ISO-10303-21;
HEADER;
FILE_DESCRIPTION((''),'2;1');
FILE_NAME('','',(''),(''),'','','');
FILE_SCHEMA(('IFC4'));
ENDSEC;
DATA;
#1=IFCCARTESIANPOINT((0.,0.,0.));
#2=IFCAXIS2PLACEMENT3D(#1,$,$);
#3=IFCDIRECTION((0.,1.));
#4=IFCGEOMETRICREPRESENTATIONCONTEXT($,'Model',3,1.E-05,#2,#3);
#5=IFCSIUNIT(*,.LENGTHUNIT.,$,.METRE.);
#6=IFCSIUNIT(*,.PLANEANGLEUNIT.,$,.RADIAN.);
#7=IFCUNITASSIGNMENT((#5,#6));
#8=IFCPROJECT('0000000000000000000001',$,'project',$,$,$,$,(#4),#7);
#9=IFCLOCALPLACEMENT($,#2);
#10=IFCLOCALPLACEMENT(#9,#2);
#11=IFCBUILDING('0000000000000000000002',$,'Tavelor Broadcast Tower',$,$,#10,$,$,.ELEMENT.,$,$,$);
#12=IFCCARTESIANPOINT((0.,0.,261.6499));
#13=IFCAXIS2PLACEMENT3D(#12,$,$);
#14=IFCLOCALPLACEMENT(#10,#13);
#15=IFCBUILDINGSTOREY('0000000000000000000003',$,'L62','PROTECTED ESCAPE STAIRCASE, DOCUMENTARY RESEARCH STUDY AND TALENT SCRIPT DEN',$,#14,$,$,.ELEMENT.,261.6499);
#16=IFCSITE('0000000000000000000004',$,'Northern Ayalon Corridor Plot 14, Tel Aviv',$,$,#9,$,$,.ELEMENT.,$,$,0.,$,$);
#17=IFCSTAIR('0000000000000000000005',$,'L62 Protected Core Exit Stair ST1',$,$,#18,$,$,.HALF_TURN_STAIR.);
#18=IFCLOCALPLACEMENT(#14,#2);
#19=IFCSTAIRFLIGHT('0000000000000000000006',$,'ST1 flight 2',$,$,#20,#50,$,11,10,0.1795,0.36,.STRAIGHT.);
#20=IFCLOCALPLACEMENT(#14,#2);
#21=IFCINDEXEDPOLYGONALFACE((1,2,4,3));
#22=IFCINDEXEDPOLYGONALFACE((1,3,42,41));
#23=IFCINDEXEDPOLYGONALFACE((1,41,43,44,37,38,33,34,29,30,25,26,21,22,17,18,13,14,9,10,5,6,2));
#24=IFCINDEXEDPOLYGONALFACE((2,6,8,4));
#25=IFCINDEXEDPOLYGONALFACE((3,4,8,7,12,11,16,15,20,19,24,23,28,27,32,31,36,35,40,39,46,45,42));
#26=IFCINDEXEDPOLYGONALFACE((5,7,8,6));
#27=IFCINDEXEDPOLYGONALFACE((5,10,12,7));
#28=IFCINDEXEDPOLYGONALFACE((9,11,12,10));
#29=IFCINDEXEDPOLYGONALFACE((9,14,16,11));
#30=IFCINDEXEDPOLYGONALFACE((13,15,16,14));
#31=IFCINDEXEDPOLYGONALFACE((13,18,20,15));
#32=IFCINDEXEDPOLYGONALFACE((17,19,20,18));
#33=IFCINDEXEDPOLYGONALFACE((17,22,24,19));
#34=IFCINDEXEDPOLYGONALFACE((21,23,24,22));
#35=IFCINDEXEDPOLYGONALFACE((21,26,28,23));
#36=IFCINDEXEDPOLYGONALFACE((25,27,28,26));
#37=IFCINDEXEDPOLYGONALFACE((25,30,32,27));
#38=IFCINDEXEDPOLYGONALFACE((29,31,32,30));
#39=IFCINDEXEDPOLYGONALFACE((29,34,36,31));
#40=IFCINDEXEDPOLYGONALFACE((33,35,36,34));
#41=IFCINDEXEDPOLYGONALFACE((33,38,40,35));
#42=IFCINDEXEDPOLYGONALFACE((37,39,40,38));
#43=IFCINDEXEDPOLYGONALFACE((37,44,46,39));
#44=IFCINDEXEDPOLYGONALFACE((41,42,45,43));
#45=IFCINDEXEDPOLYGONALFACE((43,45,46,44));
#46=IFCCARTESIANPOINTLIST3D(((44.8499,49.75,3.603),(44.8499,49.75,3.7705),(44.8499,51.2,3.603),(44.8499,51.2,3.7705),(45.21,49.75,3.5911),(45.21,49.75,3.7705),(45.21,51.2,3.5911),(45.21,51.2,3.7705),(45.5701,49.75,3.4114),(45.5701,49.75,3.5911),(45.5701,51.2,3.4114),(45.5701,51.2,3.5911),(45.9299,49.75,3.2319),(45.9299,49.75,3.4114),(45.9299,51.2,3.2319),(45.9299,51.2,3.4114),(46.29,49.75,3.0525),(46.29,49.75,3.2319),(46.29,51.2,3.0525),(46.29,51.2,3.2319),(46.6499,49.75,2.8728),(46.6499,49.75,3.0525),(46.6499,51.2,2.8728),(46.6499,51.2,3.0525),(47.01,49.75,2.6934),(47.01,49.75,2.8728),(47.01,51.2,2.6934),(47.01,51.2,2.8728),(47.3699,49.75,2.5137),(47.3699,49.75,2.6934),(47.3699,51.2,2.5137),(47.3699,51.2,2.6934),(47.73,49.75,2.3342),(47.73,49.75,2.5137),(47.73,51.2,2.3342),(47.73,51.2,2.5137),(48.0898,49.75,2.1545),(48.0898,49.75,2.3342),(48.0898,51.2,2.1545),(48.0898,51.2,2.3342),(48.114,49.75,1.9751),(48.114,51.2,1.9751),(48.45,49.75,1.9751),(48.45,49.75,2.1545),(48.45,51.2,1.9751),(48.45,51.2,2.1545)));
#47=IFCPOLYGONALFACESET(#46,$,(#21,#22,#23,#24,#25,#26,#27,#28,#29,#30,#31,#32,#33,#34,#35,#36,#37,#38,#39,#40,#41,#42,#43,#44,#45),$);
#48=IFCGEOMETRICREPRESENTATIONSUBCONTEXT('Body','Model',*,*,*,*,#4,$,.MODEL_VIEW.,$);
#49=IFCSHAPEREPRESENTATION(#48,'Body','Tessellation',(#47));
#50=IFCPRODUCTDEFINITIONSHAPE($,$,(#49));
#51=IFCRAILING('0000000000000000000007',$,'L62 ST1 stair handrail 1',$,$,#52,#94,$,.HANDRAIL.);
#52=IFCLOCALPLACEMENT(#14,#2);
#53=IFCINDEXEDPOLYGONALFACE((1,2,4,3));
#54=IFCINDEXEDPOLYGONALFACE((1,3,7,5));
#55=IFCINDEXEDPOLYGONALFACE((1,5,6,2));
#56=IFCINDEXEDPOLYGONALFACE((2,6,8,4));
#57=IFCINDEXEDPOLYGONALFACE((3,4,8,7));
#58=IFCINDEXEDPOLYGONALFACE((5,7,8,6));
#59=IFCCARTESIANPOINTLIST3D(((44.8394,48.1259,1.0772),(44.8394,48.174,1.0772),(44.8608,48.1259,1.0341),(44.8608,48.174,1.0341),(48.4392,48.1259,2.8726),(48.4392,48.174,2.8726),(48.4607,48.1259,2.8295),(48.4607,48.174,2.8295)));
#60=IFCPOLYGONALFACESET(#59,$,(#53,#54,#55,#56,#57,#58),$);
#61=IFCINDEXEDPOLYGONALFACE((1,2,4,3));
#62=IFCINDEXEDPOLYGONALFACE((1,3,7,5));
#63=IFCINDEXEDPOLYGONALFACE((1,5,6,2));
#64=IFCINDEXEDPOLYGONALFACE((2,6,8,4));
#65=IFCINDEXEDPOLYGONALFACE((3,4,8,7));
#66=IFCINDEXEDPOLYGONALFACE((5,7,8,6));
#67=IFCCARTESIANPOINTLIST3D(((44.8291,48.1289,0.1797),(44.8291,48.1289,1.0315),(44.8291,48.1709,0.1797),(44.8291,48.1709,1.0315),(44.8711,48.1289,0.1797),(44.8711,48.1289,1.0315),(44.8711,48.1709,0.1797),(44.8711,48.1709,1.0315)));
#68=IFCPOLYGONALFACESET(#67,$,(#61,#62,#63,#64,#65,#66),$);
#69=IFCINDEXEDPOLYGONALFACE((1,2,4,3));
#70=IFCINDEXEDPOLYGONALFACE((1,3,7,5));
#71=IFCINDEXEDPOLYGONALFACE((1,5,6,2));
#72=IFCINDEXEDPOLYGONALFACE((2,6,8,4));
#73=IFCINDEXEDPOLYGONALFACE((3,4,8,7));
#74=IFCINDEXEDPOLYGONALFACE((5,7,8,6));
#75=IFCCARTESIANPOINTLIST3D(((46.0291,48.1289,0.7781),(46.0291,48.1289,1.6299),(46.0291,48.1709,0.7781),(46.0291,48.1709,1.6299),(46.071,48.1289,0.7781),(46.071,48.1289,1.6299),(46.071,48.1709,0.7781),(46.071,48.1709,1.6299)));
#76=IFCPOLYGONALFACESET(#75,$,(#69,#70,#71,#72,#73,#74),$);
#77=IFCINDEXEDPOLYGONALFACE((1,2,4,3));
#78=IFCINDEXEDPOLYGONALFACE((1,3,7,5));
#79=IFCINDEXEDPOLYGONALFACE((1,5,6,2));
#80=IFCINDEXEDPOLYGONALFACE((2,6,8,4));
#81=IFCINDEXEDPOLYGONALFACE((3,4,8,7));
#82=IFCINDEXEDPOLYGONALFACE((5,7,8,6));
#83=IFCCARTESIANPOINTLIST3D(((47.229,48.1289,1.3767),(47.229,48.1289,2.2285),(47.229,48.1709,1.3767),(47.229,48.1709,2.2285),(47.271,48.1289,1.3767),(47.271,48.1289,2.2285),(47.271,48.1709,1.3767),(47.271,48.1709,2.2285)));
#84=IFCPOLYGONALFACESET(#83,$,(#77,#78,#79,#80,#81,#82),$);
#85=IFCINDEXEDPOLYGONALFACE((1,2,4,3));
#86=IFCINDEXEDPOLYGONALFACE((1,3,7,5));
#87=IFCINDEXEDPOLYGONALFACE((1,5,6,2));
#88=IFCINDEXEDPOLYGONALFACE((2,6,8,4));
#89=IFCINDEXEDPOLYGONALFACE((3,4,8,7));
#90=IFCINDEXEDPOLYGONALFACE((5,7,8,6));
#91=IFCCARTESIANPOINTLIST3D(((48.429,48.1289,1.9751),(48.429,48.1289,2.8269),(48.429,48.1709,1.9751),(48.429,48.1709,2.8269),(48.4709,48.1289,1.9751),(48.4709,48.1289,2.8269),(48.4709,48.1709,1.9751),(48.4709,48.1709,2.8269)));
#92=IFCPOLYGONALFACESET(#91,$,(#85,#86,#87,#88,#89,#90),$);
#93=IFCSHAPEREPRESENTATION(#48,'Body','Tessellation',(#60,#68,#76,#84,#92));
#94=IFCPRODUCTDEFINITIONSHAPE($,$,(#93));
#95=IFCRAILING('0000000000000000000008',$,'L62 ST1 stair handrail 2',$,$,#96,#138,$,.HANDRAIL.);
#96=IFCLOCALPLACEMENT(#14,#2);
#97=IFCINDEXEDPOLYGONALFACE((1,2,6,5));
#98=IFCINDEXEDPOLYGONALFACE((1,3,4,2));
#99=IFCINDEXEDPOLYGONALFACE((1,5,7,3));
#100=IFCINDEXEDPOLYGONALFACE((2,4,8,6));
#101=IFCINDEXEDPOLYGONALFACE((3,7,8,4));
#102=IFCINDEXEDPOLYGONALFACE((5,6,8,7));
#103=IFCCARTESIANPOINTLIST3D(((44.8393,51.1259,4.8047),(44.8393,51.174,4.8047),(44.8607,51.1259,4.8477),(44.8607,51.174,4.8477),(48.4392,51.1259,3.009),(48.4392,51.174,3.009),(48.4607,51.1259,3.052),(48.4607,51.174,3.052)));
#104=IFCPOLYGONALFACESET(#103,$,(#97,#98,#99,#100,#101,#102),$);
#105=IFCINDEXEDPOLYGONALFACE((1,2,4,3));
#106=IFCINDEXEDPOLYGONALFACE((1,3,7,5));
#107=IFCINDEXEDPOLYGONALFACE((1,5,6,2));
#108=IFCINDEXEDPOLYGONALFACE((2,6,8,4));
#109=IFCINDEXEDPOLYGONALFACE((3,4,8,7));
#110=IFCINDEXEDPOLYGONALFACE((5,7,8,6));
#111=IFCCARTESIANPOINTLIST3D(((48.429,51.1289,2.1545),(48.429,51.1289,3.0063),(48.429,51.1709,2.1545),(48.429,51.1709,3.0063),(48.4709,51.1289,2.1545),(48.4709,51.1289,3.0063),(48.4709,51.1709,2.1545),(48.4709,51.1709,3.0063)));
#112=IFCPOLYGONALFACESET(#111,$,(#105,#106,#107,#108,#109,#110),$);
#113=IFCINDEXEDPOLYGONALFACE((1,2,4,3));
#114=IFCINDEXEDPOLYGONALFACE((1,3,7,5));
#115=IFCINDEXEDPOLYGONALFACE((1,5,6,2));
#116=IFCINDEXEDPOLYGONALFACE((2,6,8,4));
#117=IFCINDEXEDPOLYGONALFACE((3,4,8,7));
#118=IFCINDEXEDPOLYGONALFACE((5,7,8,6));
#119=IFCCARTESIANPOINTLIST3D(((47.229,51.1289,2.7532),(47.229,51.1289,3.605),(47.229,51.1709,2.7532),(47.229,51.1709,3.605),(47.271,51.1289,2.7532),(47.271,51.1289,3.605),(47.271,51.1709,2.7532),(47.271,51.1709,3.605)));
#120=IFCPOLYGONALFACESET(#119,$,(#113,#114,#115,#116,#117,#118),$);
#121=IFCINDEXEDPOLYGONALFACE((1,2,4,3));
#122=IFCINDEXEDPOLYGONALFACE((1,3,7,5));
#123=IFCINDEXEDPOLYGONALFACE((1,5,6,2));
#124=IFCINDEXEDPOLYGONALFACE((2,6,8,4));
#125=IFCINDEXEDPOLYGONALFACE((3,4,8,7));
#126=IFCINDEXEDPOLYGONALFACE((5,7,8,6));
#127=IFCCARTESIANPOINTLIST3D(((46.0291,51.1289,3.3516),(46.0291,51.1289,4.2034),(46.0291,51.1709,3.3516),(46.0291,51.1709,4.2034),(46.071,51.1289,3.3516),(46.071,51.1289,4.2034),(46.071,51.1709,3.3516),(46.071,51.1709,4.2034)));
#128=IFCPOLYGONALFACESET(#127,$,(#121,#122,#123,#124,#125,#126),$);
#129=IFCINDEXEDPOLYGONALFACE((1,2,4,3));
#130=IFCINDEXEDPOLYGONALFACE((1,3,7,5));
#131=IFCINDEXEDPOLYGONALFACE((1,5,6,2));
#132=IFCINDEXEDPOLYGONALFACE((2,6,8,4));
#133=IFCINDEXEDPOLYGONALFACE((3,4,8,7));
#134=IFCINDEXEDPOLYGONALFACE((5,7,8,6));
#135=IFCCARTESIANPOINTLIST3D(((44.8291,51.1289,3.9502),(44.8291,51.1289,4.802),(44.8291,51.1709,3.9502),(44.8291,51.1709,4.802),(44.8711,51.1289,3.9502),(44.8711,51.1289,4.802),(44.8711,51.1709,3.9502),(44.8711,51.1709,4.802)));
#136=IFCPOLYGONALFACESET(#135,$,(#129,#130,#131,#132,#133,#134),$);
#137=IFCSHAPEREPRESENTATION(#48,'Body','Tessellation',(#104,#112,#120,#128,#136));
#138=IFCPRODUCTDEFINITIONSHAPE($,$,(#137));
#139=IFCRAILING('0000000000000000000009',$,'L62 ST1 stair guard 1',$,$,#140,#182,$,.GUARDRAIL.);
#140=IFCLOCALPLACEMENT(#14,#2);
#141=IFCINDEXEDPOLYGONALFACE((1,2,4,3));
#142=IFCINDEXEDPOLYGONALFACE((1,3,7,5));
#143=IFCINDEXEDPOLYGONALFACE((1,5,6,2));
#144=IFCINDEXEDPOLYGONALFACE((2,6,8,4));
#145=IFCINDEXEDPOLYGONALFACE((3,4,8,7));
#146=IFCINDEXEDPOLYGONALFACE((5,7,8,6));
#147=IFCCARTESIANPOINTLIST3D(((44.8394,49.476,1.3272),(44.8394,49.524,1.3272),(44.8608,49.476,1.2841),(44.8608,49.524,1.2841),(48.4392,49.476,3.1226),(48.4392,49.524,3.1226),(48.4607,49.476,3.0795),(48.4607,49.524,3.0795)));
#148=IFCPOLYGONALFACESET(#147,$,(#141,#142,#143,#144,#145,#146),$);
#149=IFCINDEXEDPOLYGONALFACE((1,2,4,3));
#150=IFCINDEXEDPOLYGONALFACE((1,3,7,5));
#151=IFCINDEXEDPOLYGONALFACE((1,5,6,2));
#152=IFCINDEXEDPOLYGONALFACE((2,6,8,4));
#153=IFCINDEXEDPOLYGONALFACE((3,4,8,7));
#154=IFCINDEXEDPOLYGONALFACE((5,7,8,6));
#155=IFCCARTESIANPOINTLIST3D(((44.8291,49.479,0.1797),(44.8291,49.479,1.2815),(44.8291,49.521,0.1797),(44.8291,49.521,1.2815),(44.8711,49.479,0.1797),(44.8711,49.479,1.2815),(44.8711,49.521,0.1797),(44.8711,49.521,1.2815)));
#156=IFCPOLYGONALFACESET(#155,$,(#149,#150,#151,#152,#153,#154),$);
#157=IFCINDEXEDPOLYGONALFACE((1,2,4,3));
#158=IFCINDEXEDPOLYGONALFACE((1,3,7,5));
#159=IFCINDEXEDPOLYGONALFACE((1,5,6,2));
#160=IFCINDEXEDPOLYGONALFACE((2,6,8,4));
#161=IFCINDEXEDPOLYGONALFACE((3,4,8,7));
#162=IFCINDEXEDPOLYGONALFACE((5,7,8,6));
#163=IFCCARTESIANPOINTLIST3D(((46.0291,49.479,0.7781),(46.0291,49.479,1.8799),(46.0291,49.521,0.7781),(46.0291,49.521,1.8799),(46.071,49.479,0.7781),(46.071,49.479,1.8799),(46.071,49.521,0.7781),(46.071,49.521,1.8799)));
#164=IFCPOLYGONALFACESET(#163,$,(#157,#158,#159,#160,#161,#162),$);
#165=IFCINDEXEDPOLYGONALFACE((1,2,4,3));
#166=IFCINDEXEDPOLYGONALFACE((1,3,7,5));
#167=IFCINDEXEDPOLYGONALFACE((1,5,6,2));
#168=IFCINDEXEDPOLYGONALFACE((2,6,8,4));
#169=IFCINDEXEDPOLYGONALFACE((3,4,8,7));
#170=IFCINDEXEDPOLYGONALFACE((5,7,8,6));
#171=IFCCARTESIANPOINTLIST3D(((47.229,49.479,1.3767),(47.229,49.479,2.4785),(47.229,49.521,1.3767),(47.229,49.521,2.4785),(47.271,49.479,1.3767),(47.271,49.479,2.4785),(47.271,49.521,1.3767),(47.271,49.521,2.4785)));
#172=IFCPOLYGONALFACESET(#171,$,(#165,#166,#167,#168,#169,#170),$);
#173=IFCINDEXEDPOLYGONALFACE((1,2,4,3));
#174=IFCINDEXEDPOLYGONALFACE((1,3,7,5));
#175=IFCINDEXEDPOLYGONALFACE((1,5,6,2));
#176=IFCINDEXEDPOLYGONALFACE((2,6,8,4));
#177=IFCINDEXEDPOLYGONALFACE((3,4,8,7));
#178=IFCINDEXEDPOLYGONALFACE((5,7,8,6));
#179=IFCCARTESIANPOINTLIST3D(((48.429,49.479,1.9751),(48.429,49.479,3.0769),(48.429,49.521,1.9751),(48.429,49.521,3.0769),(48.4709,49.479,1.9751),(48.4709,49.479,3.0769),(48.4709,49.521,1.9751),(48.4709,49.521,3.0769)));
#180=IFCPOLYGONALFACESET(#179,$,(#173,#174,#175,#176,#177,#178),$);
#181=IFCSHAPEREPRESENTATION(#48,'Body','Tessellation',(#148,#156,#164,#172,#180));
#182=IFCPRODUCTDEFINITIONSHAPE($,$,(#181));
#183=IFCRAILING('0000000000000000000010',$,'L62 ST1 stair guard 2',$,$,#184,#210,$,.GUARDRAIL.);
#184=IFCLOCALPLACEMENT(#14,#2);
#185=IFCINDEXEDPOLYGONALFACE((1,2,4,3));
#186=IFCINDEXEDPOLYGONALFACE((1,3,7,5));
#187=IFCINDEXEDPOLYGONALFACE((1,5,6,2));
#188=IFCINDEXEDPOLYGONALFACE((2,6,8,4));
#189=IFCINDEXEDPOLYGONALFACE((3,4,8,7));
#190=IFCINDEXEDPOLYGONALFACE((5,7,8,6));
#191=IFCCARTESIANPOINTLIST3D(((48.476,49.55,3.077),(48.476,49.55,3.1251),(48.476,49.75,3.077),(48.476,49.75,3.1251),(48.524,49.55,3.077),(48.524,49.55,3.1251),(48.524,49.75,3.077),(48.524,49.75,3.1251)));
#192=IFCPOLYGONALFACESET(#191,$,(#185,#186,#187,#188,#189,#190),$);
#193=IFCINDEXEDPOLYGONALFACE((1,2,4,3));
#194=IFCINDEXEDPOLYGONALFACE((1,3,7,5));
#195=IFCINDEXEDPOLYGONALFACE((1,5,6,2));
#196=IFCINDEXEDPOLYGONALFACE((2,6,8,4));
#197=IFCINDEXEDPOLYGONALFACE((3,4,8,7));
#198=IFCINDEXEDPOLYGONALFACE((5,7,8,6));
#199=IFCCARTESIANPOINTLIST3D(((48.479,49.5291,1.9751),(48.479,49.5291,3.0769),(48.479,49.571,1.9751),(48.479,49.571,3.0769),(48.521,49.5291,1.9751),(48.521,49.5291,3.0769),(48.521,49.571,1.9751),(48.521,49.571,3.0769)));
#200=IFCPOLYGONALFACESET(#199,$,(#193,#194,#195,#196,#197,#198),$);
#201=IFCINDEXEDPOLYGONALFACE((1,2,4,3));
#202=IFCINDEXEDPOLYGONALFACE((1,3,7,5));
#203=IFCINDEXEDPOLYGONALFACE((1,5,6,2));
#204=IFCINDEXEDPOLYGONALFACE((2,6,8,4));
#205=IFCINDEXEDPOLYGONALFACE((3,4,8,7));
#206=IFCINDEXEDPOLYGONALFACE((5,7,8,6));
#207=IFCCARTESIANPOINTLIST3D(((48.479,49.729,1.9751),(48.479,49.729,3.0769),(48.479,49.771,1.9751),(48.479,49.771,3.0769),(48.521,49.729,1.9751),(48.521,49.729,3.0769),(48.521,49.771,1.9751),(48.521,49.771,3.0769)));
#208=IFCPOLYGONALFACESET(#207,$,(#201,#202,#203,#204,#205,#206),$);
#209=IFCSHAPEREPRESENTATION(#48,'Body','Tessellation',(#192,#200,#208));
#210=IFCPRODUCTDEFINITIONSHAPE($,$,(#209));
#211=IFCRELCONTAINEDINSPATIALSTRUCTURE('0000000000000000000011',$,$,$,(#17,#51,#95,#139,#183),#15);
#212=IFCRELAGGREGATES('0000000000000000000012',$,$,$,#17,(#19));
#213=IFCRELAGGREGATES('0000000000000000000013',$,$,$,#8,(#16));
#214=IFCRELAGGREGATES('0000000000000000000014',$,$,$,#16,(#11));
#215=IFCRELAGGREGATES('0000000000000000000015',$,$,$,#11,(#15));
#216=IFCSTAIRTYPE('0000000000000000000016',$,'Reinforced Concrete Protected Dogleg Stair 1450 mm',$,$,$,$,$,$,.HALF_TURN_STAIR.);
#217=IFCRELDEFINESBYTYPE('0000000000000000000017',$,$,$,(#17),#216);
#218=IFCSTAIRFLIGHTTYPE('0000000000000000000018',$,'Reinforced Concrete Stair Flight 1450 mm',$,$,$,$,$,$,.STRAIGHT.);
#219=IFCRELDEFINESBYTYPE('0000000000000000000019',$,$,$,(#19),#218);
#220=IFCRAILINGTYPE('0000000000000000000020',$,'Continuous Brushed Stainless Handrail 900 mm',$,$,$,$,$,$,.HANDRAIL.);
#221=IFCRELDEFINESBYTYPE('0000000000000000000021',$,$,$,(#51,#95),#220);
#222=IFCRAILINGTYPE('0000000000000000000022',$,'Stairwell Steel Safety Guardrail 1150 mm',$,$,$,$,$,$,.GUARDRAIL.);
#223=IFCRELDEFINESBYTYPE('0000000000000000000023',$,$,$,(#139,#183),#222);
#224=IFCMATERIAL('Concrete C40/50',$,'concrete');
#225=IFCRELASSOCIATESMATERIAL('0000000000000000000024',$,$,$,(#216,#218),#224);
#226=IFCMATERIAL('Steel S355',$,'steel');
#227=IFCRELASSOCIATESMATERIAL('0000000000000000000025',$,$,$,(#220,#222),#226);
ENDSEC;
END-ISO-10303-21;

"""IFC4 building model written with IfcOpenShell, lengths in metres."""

from ifc_helpers import new_model, si_unit, direction, frame, origin, origin_2d, place, context, subcontext, project, spatial, polyline, rectangle, outline, extrude, material, type_object, element, aggregate, save


model = new_model("IFC4")

# Units and contexts
model_context = context("Model", 3, precision=1e-05, world=origin(), true_north=direction((0.0, 1.0)))
body_context = subcontext(model_context, "Body", "Model", "MODEL_VIEW")
ifc_project = project(units=[si_unit("LENGTHUNIT", "METRE"), si_unit("PLANEANGLEUNIT", "RADIAN")], contexts=[model_context])

# Site, building, storey
site_placement = place(None, origin())
site = spatial("IfcSite", under=ifc_project, at=site_placement, Name="Northern Ayalon Corridor Plot 14, Tel Aviv", CompositionType="ELEMENT", RefElevation=0.0)
building_placement = place(site_placement, origin())
building = spatial("IfcBuilding", under=site, at=building_placement, Name="Tavelor Broadcast Tower", CompositionType="ELEMENT")
storey_placement = place(building_placement, frame((0.0, 0.0, 261.6499)))
storey = spatial("IfcBuildingStorey", under=building, at=storey_placement, Name="L62", Description="PROTECTED ESCAPE STAIRCASE, DOCUMENTARY RESEARCH STUDY AND TALENT SCRIPT DEN", CompositionType="ELEMENT", Elevation=261.6499)

# Shared definitions
ifc_material_1 = material(Name="Concrete C40/50", Category="concrete")
ifc_material_2 = material(Name="Steel S355", Category="steel")

# Stair, stair flight
stair_type = type_object("IfcStairType", Name="Reinforced Concrete Protected Dogleg Stair 1450 mm", PredefinedType="HALF_TURN_STAIR", material=ifc_material_1)
stair_placement = place(storey_placement, origin())
stair = element("IfcStair", 1, at=stair_placement, inside=storey, type_object=stair_type, Name="L62 Protected Core Exit Stair ST1", PredefinedType="HALF_TURN_STAIR")
stair_flight_type = type_object("IfcStairFlightType", Name="Reinforced Concrete Stair Flight 1450 mm", PredefinedType="STRAIGHT", material=ifc_material_1)
stair_flight_1_placement = place(storey_placement, frame((48.45, 50.4751, 1.9751), z_axis=(0.0, 0.0, 1.0), x_axis=(-1.0, 0.0, 0.0)))
stair_flight_1 = element("IfcStairFlight", 2, at=stair_flight_1_placement, type_object=stair_flight_type, Name="ST1 flight 2", NumberOfRisers=11, NumberOfTreads=10, PredefinedType="STRAIGHT", RiserHeight=0.1795, TreadLength=0.36, context=body_context, shape_type="SweptSolid", body=[
    extrude(outline(polyline([(0.0, 0.0), (0.0, 0.1794), (0.3601, 0.1794), (0.3601, 0.3591), (0.72, 0.3591), (0.72, 0.5386), (1.0801, 0.5386), (1.0801, 0.7183), (1.4399, 0.7183), (1.4399, 0.8977), (1.8, 0.8977), (1.8, 1.0774), (2.1599, 1.0774), (2.1599, 1.2568), (2.52, 1.2568), (2.52, 1.4363), (2.8799, 1.4363), (2.8799, 1.616), (3.24, 1.616), (3.24, 1.7954), (3.6001, 1.7954), (3.6001, 1.9751), (3.6001, 1.6279), (0.3359, 0.0), (0.0, 0.0)])), frame((0.0, 0.7251, 0.0), z_axis=(0.0, -1.0, 0.0), x_axis=(1.0, 0.0, 0.0)), (0.0, 0.0, 1.0), 1.45),
])
aggregate(stair, [stair_flight_1])

# Railings
railing_type_1 = type_object("IfcRailingType", Name="Continuous Brushed Stainless Handrail 900 mm", PredefinedType="HANDRAIL", material=ifc_material_2)
railing_1_placement = place(storey_placement, frame((44.8501, 48.1499, 0.1797)))
element("IfcRailing", 3, at=railing_1_placement, inside=storey, type_object=railing_type_1, Name="L62 ST1 stair handrail 1", PredefinedType="HANDRAIL", context=body_context, shape_type="SweptSolid", body=[
    extrude(rectangle(XDim=0.0481, YDim=0.0481, at=origin_2d()), frame((0.0, 0.0, 0.876), z_axis=(0.894876, 0.0, 0.446315), x_axis=(0.0, 1.0, 0.0)), (0.0, 0.0, 1.0), 4.0227),
    extrude(rectangle(XDim=0.042, YDim=0.042, at=origin_2d()), origin(), (0.0, 0.0, 1.0), 0.8518),
    extrude(rectangle(XDim=0.042, YDim=0.042, at=origin_2d()), frame((1.2, 0.0, 0.5984)), (0.0, 0.0, 1.0), 0.8518),
    extrude(rectangle(XDim=0.042, YDim=0.042, at=origin_2d()), frame((2.3999, 0.0, 1.197)), (0.0, 0.0, 1.0), 0.8518),
    extrude(rectangle(XDim=0.042, YDim=0.042, at=origin_2d()), frame((3.5999, 0.0, 1.7954)), (0.0, 0.0, 1.0), 0.8518),
])
railing_2_placement = place(storey_placement, frame((48.45, 51.1499, 2.1545)))
element("IfcRailing", 4, at=railing_2_placement, inside=storey, type_object=railing_type_1, Name="L62 ST1 stair handrail 2", PredefinedType="HANDRAIL", context=body_context, shape_type="SweptSolid", body=[
    extrude(rectangle(XDim=0.0481, YDim=0.0481, at=origin_2d()), frame((0.0, 0.0, 0.876), z_axis=(-0.894852, 0.0, 0.446364), x_axis=(0.0, -1.0, 0.0)), (0.0, 0.0, 1.0), 4.0229),
    extrude(rectangle(XDim=0.042, YDim=0.042, at=origin_2d()), origin(), (0.0, 0.0, 1.0), 0.8518),
    extrude(rectangle(XDim=0.042, YDim=0.042, at=origin_2d()), frame((-1.2, 0.0, 0.5986)), (0.0, 0.0, 1.0), 0.8518),
    extrude(rectangle(XDim=0.042, YDim=0.042, at=origin_2d()), frame((-2.3999, 0.0, 1.197)), (0.0, 0.0, 1.0), 0.8518),
    extrude(rectangle(XDim=0.042, YDim=0.042, at=origin_2d()), frame((-3.5999, 0.0, 1.7957)), (0.0, 0.0, 1.0), 0.8518),
])
railing_type_2 = type_object("IfcRailingType", Name="Stairwell Steel Safety Guardrail 1150 mm", PredefinedType="GUARDRAIL", material=ifc_material_2)
railing_3_placement = place(storey_placement, frame((44.8501, 49.5, 0.1797)))
element("IfcRailing", 5, at=railing_3_placement, inside=storey, type_object=railing_type_2, Name="L62 ST1 stair guard 1", PredefinedType="GUARDRAIL", context=body_context, shape_type="SweptSolid", body=[
    extrude(rectangle(XDim=0.0481, YDim=0.0481, at=origin_2d()), frame((0.0, 0.0, 1.126), z_axis=(0.894876, 0.0, 0.446315), x_axis=(0.0, 1.0, 0.0)), (0.0, 0.0, 1.0), 4.0227),
    extrude(rectangle(XDim=0.042, YDim=0.042, at=origin_2d()), origin(), (0.0, 0.0, 1.0), 1.1018),
    extrude(rectangle(XDim=0.042, YDim=0.042, at=origin_2d()), frame((1.2, 0.0, 0.5984)), (0.0, 0.0, 1.0), 1.1018),
    extrude(rectangle(XDim=0.042, YDim=0.042, at=origin_2d()), frame((2.3999, 0.0, 1.197)), (0.0, 0.0, 1.0), 1.1018),
    extrude(rectangle(XDim=0.042, YDim=0.042, at=origin_2d()), frame((3.5999, 0.0, 1.7954)), (0.0, 0.0, 1.0), 1.1018),
])
railing_4_placement = place(storey_placement, frame((48.5, 49.55, 1.9751)))
element("IfcRailing", 6, at=railing_4_placement, inside=storey, type_object=railing_type_2, Name="L62 ST1 stair guard 2", PredefinedType="GUARDRAIL", context=body_context, shape_type="SweptSolid", body=[
    extrude(rectangle(XDim=0.0481, YDim=0.0481, at=origin_2d()), frame((0.0, 0.0, 1.126), z_axis=(0.0, 1.0, 0.0), x_axis=(-1.0, 0.0, 0.0)), (0.0, 0.0, 1.0), 0.2),
    extrude(rectangle(XDim=0.042, YDim=0.042, at=origin_2d()), origin(), (0.0, 0.0, 1.0), 1.1018),
    extrude(rectangle(XDim=0.042, YDim=0.042, at=origin_2d()), frame((0.0, 0.2, 0.0)), (0.0, 0.0, 1.0), 1.1018),
])

save(model, "model.ifc")
